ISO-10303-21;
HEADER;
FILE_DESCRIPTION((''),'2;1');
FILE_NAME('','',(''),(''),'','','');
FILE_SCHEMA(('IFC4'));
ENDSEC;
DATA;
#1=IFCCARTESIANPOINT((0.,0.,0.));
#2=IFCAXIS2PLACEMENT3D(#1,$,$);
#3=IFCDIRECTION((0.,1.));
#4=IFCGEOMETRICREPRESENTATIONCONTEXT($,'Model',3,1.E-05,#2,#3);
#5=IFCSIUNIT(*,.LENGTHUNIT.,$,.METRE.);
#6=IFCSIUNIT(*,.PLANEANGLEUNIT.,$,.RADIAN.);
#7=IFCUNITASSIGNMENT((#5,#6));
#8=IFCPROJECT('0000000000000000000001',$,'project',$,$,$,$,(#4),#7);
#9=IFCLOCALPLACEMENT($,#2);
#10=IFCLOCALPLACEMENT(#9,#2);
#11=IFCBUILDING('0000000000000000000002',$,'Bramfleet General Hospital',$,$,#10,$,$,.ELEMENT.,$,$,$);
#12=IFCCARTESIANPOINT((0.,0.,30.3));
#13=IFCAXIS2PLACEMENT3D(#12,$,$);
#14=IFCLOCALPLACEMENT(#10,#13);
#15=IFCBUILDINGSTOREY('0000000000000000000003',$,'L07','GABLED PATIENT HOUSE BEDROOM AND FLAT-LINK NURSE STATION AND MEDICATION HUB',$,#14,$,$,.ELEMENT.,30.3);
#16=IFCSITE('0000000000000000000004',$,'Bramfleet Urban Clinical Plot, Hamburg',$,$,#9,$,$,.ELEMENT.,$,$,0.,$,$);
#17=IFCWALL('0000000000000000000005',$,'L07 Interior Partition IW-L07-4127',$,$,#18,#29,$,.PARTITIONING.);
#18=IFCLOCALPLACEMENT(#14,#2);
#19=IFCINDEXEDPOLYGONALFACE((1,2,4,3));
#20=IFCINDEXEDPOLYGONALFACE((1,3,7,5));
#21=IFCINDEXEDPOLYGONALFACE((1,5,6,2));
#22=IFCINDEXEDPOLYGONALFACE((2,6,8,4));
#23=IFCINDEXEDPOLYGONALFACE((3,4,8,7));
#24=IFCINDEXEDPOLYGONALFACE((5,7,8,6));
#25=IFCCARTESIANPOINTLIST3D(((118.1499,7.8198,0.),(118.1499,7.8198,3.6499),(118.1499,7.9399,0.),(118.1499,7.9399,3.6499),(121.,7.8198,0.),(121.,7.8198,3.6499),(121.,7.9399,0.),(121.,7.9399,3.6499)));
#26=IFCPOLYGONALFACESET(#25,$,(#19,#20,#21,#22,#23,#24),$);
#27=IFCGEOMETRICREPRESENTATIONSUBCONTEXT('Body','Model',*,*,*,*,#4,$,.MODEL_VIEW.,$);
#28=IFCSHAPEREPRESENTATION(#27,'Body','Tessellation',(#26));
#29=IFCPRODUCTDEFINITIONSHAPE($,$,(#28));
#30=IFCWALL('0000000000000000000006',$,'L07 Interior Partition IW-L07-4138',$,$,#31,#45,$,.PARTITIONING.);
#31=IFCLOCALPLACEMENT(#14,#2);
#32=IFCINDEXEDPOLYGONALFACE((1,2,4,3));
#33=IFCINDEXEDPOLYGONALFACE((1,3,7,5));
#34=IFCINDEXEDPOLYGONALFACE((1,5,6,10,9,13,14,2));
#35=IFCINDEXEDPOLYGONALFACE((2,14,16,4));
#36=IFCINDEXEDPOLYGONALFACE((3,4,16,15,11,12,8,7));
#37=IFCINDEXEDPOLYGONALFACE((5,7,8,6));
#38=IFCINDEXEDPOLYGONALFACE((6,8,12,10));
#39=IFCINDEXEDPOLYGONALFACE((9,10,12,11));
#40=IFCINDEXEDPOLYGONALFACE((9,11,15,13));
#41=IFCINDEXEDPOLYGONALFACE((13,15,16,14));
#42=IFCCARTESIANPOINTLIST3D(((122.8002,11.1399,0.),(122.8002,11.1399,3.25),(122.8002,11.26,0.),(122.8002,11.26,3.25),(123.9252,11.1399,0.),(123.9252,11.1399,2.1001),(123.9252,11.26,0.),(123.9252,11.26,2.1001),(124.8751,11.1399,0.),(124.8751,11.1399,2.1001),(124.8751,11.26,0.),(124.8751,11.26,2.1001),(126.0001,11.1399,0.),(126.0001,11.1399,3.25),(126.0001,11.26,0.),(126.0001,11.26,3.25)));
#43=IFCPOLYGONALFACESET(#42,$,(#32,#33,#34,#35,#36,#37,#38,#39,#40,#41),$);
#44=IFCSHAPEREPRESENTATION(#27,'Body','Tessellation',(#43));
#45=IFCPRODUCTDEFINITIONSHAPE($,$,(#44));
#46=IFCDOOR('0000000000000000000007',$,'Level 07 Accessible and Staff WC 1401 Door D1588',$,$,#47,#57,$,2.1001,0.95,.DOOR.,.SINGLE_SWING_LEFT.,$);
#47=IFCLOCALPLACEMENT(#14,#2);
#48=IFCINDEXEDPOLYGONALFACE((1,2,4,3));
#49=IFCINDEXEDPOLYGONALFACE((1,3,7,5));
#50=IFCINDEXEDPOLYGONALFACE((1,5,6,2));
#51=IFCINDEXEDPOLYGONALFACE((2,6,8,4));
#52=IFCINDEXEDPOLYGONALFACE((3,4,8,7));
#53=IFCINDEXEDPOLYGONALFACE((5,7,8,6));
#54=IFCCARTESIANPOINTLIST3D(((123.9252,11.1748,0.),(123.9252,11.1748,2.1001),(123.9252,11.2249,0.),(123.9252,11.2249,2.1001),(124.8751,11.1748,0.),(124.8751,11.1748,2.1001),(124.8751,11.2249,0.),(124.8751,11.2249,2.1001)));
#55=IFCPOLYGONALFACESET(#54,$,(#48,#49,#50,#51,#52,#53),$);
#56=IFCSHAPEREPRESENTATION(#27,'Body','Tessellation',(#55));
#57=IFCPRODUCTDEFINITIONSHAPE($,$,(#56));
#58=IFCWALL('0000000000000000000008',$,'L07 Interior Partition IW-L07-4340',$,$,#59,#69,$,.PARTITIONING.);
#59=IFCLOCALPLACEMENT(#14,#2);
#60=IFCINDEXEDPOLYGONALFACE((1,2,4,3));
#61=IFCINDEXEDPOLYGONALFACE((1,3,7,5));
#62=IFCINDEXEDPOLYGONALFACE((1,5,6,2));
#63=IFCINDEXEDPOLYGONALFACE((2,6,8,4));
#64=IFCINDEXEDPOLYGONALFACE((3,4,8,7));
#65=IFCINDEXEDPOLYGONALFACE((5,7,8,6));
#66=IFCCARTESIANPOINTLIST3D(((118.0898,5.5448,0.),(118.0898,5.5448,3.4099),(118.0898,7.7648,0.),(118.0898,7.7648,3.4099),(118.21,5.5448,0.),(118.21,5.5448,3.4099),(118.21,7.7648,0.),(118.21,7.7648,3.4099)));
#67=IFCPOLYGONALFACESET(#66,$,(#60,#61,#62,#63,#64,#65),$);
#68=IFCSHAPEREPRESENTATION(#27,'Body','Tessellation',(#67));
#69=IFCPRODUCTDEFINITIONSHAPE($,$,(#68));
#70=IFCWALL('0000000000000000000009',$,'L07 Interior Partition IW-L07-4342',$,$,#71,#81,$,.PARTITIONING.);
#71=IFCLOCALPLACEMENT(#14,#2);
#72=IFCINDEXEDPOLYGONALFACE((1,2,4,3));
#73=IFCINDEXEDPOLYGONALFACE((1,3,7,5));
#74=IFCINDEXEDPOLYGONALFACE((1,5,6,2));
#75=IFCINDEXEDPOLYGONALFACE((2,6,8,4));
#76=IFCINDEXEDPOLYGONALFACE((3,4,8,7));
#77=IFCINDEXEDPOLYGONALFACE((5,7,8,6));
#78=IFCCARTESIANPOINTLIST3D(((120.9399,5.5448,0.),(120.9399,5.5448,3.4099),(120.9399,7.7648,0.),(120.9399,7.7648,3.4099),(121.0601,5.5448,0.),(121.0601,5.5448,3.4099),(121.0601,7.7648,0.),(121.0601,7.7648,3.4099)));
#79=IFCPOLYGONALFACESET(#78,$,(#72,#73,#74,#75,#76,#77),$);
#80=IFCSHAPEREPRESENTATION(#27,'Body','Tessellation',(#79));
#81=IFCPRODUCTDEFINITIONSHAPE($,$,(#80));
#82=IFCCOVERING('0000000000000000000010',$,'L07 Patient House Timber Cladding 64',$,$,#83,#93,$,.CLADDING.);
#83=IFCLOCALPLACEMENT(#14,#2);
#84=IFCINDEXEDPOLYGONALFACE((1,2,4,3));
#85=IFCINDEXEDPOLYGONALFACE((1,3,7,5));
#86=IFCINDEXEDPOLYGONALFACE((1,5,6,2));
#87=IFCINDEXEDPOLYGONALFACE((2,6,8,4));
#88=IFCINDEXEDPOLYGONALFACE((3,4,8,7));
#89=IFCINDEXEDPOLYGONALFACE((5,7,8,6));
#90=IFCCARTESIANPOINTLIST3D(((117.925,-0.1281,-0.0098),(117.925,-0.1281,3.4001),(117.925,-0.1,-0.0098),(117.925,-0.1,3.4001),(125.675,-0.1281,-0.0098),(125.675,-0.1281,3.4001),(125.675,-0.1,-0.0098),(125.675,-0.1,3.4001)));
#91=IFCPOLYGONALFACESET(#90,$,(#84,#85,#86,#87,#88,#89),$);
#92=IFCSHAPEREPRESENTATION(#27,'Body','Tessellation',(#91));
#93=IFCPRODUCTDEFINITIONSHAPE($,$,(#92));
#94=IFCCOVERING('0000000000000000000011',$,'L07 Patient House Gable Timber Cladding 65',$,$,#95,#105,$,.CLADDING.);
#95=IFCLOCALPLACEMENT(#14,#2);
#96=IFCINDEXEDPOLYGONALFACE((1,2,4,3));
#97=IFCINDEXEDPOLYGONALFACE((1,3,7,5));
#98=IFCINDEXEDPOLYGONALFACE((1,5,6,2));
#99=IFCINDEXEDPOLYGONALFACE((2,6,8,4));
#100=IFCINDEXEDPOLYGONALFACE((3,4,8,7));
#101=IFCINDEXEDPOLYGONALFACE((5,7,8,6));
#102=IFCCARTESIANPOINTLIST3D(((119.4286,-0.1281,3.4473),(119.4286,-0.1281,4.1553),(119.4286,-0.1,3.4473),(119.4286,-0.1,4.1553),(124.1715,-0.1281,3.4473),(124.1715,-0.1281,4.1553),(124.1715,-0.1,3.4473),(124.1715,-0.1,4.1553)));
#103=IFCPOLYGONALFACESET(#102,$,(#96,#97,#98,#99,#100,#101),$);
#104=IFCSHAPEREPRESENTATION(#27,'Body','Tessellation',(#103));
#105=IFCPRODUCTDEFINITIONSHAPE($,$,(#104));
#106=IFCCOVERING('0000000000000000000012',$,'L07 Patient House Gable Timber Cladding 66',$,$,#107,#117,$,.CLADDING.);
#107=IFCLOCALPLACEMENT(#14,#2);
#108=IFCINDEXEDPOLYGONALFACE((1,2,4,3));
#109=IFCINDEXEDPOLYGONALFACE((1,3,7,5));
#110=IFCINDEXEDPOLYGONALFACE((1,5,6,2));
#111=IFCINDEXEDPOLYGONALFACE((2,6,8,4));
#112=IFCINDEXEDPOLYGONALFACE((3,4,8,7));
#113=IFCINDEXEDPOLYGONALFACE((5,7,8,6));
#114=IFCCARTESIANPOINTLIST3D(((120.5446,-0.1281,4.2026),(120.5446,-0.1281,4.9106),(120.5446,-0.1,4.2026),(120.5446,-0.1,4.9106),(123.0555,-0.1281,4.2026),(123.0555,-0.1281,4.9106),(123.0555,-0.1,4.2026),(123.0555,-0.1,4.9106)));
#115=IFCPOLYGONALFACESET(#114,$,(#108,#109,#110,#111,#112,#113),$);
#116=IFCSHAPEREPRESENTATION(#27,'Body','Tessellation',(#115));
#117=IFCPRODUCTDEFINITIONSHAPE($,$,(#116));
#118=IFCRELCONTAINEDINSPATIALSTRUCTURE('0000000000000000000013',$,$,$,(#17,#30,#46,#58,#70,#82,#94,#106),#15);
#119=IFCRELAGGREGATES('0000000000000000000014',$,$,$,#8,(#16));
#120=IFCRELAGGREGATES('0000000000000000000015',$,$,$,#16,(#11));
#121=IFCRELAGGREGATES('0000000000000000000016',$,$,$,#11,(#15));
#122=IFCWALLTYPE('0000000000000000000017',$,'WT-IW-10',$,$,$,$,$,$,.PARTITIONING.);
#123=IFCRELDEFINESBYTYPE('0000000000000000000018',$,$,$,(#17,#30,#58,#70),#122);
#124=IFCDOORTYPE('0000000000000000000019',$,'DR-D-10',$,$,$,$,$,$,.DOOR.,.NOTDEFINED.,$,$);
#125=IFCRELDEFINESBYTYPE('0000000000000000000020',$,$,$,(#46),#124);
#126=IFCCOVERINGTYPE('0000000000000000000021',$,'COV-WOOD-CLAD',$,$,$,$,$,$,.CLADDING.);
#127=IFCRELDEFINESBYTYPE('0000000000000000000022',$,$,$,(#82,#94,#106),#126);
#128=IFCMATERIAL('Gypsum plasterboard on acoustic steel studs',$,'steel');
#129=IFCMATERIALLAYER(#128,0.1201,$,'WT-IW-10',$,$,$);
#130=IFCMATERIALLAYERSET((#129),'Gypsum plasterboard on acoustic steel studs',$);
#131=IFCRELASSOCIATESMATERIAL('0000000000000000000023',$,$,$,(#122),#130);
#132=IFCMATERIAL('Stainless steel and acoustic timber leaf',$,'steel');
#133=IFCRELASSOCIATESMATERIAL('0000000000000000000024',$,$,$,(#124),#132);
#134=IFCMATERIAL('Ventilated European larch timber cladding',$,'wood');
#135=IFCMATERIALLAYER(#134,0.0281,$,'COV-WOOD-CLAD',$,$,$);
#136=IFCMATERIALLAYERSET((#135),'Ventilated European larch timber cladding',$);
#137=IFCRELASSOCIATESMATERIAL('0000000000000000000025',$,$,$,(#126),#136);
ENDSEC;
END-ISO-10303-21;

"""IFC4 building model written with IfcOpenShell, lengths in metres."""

from ifc_helpers import new_model, si_unit, direction, frame, frame_2d, origin, origin_2d, place, context, subcontext, project, spatial, rectangle, extrude, material, layer, layer_set, type_object, element, fill, save


model = new_model("IFC4")

# Units and contexts
model_context = context("Model", 3, precision=1e-05, world=origin(), true_north=direction((0.0, 1.0)))
body_context = subcontext(model_context, "Body", "Model", "MODEL_VIEW")
ifc_project = project(units=[si_unit("LENGTHUNIT", "METRE"), si_unit("PLANEANGLEUNIT", "RADIAN")], contexts=[model_context])

# Site, building, storey
site_placement = place(None, origin())
site = spatial("IfcSite", under=ifc_project, at=site_placement, Name="Bramfleet Urban Clinical Plot, Hamburg", CompositionType="ELEMENT", RefElevation=0.0)
building_placement = place(site_placement, origin())
building = spatial("IfcBuilding", under=site, at=building_placement, Name="Bramfleet General Hospital", CompositionType="ELEMENT")
storey_placement = place(building_placement, frame((0.0, 0.0, 30.3)))
storey = spatial("IfcBuildingStorey", under=building, at=storey_placement, Name="L07", Description="GABLED PATIENT HOUSE BEDROOM AND FLAT-LINK NURSE STATION AND MEDICATION HUB", CompositionType="ELEMENT", Elevation=30.3)

# Shared definitions
ifc_material_1 = material(Name="Stainless steel and acoustic timber leaf", Category="steel")
ifc_material_2 = material(Name="Gypsum plasterboard on acoustic steel studs", Category="steel")
ifc_layer_1 = layer(ifc_material_2, 0.1201, Name="WT-IW-10")
ifc_layer_set_1 = layer_set([ifc_layer_1], Name="Gypsum plasterboard on acoustic steel studs")
wall_type_1 = type_object("IfcWallType", Name="WT-IW-10", PredefinedType="PARTITIONING", material=ifc_layer_set_1)
door_type_1 = type_object("IfcDoorType", Name="DR-D-10", OperationType="NOTDEFINED", PredefinedType="DOOR", material=ifc_material_1)

# Wall
wall_1_placement = place(storey_placement, frame((118.1499, 7.8799, 0.0), z_axis=(0.0, 0.0, 1.0), x_axis=(1.0, 0.0, 0.0)))
element("IfcWall", 1, at=wall_1_placement, inside=storey, type_object=wall_type_1, Name="L07 Interior Partition IW-L07-4127", PredefinedType="PARTITIONING", context=body_context, shape_type="SweptSolid", body=[
    extrude(rectangle(XDim=2.8501, YDim=0.1201, at=frame_2d((1.425, 0.0))), origin(), (0.0, 0.0, 1.0), 3.6499),
])

# Wall, opening, door
wall_2_placement = place(storey_placement, frame((122.8, 11.2, 0.0), z_axis=(0.0, 0.0, 1.0), x_axis=(1.0, 0.0, 0.0)))
wall_2 = element("IfcWall", 2, at=wall_2_placement, inside=storey, type_object=wall_type_1, Name="L07 Interior Partition IW-L07-4138", PredefinedType="PARTITIONING", context=body_context, shape_type="SweptSolid", body=[
    extrude(rectangle(XDim=3.2, YDim=0.1201, at=frame_2d((1.6001, 0.0))), origin(), (0.0, 0.0, 1.0), 3.25),
])
opening_1_placement = place(wall_2_placement, frame((1.125, 0.0, 0.0)))
opening_1 = element("IfcOpeningElement", 3, at=opening_1_placement, cuts=wall_2, PredefinedType="OPENING", context=body_context, shape_type="SweptSolid", body=[
    extrude(rectangle(XDim=0.95, YDim=2.1001, at=frame_2d((0.4751, 1.05))), frame((0.0, 0.0701, 0.0), z_axis=(0.0, -1.0, 0.0), x_axis=(1.0, 0.0, 0.0)), (0.0, 0.0, 1.0), 0.1401),
])
door_1_placement = place(opening_1_placement, origin())
door_1 = element("IfcDoor", 4, at=door_1_placement, inside=storey, type_object=door_type_1, Name="Level 07 Accessible and Staff WC 1401 Door D1588", OperationType="SINGLE_SWING_LEFT", OverallHeight=2.1001, OverallWidth=0.95, PredefinedType="DOOR", context=body_context, shape_type="SweptSolid", body=[
    extrude(rectangle(XDim=0.95, YDim=2.1001, at=frame_2d((0.4751, 1.05))), frame((0.0, 0.0249, 0.0), z_axis=(0.0, -1.0, 0.0), x_axis=(1.0, 0.0, 0.0)), (0.0, 0.0, 1.0), 0.05),
])
fill(opening_1, door_1)

# Walls
for number, where, z_axis, x_axis, name in (
    (5, (118.1499, 5.5449, 0.0), (0.0, 0.0, 1.0), (0.0, 1.0, 0.0), "L07 Interior Partition IW-L07-4340"),
    (6, (121.0, 5.5449, 0.0), (0.0, 0.0, 1.0), (0.0, 1.0, 0.0), "L07 Interior Partition IW-L07-4342"),
):
    element("IfcWall", number, at=place(storey_placement, frame(where, z_axis=z_axis, x_axis=x_axis)), inside=storey, type_object=wall_type_1, Name=name, PredefinedType="PARTITIONING", context=body_context, shape_type="SweptSolid", body=[
        extrude(rectangle(XDim=2.22, YDim=0.1201, at=frame_2d((1.1099, 0.0))), origin(), (0.0, 0.0, 1.0), 3.4099),
    ])

# Coverings
ifc_material_3 = material(Name="Ventilated European larch timber cladding", Category="wood")
ifc_layer_2 = layer(ifc_material_3, 0.0281, Name="COV-WOOD-CLAD")
ifc_layer_set_2 = layer_set([ifc_layer_2], Name="Ventilated European larch timber cladding")
covering_type = type_object("IfcCoveringType", Name="COV-WOOD-CLAD", PredefinedType="CLADDING", material=ifc_layer_set_2)
covering_1_placement = place(storey_placement, frame((121.8, -0.114, -0.0098), z_axis=(0.0, 0.0, 1.0), x_axis=(-1.0, 0.0, 0.0)))
element("IfcCovering", 7, at=covering_1_placement, inside=storey, type_object=covering_type, Name="L07 Patient House Timber Cladding 64", PredefinedType="CLADDING", context=body_context, shape_type="SweptSolid", body=[
    extrude(rectangle(XDim=7.75, YDim=0.0281, at=origin_2d()), origin(), (0.0, 0.0, 1.0), 3.4099),
])
covering_2_placement = place(storey_placement, frame((121.8, -0.114, 3.4473), z_axis=(0.0, 0.0, 1.0), x_axis=(-1.0, 0.0, 0.0)))
element("IfcCovering", 8, at=covering_2_placement, inside=storey, type_object=covering_type, Name="L07 Patient House Gable Timber Cladding 65", PredefinedType="CLADDING", context=body_context, shape_type="SweptSolid", body=[
    extrude(rectangle(XDim=4.7429, YDim=0.0281, at=origin_2d()), origin(), (0.0, 0.0, 1.0), 0.708),
])
covering_3_placement = place(storey_placement, frame((121.8, -0.114, 4.2026), z_axis=(0.0, 0.0, 1.0), x_axis=(-1.0, 0.0, 0.0)))
element("IfcCovering", 9, at=covering_3_placement, inside=storey, type_object=covering_type, Name="L07 Patient House Gable Timber Cladding 66", PredefinedType="CLADDING", context=body_context, shape_type="SweptSolid", body=[
    extrude(rectangle(XDim=2.511, YDim=0.0281, at=origin_2d()), origin(), (0.0, 0.0, 1.0), 0.708),
])

save(model, "model.ifc")
